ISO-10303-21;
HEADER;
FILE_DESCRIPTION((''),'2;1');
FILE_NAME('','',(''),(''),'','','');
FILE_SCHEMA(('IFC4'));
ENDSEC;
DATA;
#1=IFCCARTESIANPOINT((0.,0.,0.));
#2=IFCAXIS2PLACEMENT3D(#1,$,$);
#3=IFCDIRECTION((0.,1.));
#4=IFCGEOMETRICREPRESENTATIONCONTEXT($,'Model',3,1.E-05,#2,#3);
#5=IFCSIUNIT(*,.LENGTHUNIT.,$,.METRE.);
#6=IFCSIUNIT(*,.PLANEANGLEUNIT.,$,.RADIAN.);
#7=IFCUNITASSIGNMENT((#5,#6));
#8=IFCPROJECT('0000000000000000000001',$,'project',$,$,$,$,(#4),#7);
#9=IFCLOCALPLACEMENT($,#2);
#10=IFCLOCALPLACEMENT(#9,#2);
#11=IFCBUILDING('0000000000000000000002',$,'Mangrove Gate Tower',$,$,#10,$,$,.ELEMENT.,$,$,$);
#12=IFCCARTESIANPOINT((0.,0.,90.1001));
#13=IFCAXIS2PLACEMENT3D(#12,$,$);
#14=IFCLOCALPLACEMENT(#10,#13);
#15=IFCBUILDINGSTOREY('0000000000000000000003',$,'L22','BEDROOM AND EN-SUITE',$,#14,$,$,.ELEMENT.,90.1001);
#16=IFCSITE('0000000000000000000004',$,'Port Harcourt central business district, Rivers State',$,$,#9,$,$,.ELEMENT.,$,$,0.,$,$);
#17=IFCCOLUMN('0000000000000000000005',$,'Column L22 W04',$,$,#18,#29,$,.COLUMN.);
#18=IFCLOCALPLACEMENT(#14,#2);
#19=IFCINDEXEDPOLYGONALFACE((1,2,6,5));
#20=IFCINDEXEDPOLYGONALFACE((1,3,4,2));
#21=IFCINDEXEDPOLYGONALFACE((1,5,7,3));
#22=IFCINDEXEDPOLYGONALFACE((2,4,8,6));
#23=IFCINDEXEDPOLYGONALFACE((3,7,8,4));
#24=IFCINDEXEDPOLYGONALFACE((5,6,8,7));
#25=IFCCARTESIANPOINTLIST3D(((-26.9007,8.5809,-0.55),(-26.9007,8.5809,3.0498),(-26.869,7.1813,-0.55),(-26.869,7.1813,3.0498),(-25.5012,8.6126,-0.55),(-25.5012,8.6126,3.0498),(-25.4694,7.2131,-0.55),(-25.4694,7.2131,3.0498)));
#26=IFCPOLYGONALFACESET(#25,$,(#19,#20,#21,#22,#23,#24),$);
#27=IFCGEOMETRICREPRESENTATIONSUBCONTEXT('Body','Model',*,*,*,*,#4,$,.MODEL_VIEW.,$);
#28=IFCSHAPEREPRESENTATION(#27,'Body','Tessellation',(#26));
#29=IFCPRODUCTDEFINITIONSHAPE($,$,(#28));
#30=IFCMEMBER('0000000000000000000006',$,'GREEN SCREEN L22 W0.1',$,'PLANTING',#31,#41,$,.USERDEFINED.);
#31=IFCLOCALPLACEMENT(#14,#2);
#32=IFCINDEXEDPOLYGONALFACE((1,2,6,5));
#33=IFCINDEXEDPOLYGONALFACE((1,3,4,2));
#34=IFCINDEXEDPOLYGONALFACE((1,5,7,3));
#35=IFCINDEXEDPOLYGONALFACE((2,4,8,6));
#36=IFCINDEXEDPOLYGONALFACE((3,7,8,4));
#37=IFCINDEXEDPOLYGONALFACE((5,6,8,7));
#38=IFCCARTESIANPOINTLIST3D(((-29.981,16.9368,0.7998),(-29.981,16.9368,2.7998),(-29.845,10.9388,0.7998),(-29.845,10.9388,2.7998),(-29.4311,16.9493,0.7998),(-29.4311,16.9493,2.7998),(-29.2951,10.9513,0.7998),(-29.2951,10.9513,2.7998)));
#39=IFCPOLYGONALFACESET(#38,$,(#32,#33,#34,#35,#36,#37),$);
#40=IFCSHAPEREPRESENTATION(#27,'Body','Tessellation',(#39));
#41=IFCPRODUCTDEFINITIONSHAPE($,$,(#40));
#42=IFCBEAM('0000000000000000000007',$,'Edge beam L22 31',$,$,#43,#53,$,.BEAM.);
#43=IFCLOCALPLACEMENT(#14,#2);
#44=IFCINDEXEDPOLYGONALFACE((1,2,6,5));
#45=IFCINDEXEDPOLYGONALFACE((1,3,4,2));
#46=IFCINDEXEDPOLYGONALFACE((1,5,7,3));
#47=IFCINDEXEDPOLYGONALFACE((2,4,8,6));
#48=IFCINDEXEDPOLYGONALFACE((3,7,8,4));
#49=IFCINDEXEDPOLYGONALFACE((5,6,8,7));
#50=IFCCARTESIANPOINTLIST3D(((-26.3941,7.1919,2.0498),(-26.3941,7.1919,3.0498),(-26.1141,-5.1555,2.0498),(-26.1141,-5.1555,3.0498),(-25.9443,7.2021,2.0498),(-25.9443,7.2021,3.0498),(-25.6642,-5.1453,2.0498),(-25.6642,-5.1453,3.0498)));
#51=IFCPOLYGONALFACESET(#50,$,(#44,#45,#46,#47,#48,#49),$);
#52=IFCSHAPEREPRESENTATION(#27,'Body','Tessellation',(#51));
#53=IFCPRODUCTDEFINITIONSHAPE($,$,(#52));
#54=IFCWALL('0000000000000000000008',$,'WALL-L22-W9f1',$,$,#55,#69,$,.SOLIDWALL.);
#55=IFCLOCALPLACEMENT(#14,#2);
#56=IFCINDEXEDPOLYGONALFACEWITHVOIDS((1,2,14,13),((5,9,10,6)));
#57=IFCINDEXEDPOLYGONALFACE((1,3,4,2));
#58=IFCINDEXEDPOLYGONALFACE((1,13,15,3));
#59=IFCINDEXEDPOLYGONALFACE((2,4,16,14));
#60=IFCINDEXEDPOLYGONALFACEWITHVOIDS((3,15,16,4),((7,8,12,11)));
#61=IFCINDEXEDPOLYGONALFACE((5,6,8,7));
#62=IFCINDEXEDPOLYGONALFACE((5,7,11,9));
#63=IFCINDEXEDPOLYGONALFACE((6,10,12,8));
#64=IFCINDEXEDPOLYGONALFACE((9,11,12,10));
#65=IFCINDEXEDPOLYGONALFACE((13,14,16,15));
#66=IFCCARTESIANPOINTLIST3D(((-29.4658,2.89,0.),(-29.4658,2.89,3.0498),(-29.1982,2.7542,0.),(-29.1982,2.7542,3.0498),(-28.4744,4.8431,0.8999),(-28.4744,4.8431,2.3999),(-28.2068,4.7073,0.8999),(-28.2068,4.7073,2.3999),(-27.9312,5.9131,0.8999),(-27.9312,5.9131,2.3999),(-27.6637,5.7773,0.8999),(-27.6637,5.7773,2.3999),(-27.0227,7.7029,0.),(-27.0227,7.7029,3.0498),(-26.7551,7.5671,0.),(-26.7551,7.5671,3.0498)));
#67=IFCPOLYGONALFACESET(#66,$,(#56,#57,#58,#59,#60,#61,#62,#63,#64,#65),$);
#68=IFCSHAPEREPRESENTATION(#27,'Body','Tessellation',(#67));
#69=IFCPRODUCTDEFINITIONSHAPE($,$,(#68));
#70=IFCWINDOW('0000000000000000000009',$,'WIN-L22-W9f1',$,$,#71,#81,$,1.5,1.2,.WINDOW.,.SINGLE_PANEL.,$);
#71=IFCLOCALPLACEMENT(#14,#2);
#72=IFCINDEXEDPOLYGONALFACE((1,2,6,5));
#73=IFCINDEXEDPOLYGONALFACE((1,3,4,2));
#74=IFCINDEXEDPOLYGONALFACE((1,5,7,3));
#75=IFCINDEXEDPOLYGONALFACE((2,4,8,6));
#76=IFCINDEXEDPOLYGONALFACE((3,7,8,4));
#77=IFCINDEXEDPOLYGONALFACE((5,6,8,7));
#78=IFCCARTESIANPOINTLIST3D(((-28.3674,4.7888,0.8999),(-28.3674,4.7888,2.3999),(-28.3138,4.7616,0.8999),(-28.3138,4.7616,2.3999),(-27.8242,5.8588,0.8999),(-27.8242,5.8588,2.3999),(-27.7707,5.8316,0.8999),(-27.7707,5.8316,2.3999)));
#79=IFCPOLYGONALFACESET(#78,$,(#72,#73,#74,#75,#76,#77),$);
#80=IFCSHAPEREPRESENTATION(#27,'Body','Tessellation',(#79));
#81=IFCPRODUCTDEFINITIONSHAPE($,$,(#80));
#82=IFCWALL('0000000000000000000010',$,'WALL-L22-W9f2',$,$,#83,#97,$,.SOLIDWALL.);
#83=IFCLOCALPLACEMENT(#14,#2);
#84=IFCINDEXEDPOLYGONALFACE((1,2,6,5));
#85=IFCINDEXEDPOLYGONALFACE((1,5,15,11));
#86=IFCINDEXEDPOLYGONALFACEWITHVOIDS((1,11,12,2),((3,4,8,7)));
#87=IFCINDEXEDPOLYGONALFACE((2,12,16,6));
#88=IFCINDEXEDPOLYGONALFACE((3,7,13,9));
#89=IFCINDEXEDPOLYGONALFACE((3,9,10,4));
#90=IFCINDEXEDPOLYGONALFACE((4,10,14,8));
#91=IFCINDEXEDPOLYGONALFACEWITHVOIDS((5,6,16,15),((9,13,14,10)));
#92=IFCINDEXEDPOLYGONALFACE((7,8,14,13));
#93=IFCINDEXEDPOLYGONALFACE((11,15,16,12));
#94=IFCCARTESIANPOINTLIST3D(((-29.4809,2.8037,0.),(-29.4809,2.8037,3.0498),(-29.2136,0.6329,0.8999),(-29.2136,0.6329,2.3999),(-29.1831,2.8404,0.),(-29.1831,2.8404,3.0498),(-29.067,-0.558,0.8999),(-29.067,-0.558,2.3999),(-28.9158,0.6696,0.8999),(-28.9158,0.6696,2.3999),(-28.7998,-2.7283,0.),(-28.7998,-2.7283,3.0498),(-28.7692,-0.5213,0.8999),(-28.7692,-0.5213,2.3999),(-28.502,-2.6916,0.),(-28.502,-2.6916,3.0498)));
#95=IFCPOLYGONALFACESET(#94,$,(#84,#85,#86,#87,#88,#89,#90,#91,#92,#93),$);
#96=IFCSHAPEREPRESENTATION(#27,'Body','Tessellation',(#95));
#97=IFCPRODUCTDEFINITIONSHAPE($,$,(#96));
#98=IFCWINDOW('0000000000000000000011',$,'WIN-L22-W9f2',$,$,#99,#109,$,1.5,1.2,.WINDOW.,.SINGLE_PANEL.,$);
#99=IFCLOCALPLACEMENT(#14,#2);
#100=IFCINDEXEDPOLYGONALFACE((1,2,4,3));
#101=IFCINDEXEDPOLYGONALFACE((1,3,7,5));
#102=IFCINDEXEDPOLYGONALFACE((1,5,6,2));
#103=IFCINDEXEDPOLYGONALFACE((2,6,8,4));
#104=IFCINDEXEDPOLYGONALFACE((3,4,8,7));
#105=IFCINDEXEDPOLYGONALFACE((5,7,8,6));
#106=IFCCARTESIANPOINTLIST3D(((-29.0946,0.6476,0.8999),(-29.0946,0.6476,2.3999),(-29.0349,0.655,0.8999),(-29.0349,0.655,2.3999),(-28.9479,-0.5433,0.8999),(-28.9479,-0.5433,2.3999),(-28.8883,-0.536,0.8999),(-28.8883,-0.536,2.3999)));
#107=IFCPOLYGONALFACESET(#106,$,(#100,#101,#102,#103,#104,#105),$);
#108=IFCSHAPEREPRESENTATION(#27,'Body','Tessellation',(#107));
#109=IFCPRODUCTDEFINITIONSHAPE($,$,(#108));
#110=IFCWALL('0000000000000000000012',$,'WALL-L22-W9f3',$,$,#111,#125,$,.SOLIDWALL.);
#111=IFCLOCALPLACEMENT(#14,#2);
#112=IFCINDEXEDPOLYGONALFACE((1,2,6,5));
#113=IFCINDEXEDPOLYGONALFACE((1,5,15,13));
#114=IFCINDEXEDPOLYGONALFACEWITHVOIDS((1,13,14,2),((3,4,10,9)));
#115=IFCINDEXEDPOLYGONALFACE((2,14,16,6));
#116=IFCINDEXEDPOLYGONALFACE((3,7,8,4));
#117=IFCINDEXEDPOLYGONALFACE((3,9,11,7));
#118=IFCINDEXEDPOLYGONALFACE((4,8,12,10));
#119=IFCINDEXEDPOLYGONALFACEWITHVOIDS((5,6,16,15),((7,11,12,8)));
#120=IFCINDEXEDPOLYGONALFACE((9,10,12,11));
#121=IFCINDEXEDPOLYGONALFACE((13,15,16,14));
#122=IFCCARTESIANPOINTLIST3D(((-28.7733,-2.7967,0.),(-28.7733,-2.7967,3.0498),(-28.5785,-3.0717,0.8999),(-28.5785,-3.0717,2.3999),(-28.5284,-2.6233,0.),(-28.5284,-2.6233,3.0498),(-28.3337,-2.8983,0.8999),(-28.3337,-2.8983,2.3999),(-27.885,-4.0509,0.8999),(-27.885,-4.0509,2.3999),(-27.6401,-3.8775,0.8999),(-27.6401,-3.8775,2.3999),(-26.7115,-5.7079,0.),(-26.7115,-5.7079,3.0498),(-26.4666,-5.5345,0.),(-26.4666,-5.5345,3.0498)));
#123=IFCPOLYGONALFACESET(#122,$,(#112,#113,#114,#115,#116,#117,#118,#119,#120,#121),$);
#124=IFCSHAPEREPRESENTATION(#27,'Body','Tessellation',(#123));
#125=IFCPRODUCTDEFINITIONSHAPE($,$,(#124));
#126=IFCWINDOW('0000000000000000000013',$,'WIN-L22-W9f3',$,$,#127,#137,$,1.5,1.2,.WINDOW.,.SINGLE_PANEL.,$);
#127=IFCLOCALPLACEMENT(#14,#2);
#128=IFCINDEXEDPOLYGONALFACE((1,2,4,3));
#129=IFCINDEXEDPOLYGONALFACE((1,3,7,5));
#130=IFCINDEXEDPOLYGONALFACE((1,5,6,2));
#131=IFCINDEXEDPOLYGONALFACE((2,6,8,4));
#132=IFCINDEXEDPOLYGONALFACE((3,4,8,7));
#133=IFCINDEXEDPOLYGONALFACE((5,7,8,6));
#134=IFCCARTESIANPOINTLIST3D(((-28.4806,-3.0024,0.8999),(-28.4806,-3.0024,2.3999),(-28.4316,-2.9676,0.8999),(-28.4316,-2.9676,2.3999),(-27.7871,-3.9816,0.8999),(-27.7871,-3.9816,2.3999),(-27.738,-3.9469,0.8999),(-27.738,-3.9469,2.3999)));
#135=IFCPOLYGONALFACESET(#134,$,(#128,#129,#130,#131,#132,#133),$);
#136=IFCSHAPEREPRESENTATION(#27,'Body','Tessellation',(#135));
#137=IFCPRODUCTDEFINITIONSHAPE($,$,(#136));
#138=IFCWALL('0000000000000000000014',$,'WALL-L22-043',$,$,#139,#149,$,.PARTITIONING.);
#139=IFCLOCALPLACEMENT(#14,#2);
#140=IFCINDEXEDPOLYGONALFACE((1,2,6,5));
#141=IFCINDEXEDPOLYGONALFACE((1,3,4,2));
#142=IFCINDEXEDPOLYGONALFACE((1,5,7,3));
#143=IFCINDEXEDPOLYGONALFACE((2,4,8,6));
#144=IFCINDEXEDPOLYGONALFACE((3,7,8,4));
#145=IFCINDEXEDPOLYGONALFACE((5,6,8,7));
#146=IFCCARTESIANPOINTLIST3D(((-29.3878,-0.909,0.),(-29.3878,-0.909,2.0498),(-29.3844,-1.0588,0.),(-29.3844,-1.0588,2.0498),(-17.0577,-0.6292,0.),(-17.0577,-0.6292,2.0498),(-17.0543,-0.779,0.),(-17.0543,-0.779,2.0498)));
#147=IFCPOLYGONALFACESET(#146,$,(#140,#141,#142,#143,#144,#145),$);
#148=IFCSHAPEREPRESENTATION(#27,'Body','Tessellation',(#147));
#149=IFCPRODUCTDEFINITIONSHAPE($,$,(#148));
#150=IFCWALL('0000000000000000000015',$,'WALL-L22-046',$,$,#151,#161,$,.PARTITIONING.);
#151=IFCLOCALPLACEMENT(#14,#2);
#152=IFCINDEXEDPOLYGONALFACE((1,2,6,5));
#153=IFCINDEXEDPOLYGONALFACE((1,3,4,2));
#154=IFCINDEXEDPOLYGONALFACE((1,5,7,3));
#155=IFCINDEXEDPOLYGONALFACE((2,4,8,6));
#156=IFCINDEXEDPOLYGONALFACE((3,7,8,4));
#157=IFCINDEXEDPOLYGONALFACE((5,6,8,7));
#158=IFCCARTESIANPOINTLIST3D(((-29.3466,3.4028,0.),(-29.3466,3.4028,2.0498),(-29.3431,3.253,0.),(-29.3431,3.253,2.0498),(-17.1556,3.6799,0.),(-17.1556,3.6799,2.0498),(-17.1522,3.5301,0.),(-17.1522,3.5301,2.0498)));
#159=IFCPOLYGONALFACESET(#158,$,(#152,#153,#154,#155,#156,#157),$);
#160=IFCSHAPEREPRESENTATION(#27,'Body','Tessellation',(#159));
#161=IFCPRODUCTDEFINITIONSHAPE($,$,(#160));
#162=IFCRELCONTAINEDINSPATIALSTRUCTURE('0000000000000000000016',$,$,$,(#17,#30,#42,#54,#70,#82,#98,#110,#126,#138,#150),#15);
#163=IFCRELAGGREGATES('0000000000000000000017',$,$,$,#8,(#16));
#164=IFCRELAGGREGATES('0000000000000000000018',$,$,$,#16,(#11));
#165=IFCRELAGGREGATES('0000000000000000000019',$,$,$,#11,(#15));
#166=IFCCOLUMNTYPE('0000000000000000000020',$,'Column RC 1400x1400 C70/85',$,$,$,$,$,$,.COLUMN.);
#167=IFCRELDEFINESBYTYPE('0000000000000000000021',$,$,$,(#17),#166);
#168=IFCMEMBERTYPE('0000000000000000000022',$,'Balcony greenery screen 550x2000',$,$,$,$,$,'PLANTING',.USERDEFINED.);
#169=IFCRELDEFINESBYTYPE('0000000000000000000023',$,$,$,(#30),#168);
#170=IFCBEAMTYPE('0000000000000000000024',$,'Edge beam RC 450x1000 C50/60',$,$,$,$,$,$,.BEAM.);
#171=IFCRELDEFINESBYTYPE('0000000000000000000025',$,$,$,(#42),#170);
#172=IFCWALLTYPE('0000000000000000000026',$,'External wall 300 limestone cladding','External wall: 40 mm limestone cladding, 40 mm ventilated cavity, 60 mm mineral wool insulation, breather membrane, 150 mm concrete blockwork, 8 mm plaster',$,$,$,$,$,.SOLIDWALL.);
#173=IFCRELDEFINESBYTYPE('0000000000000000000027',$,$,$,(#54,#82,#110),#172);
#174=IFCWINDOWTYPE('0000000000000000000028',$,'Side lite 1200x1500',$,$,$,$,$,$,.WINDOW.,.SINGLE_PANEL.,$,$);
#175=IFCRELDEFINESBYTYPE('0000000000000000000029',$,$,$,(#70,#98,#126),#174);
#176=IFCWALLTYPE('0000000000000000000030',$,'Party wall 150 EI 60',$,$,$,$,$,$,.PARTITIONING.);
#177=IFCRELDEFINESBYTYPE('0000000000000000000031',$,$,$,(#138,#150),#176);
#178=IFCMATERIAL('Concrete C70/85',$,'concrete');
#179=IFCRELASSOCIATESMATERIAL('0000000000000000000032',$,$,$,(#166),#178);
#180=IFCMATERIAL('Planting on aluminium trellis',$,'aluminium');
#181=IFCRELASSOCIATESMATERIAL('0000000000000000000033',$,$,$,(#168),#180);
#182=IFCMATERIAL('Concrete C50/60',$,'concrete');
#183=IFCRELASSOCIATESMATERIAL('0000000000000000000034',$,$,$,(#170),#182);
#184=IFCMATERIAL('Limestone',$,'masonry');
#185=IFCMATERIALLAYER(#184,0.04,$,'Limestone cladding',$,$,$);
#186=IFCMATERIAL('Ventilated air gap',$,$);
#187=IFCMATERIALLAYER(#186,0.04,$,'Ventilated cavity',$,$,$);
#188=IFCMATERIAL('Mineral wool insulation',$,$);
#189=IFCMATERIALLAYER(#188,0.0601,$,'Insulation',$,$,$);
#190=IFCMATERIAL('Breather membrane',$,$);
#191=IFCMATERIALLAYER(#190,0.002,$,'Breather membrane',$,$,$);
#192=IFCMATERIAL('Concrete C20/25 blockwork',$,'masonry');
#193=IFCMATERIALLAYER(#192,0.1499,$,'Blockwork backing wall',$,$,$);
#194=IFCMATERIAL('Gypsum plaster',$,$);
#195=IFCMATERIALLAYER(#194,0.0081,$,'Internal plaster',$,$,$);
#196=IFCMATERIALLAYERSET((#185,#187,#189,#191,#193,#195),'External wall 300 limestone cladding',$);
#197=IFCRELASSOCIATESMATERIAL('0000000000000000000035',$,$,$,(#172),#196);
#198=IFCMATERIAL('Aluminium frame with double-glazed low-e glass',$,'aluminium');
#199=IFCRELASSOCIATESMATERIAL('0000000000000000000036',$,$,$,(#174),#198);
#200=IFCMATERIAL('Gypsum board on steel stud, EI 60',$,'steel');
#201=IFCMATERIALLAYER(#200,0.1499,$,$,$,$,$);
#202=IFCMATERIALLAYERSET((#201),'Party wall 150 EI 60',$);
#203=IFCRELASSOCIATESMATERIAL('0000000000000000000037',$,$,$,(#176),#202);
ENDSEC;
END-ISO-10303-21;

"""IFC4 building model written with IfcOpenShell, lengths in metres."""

from ifc_helpers import new_model, si_unit, direction, frame, frame_2d, origin, origin_2d, place, context, subcontext, project, spatial, rectangle, extrude, material, layer, layer_set, material_profile, profile_set, type_object, element, fill, save


model = new_model("IFC4")

# Units and contexts
model_context = context("Model", 3, precision=1e-05, world=origin(), true_north=direction((0.0, 1.0)))
body_context = subcontext(model_context, "Body", "Model", "MODEL_VIEW")
ifc_project = project(units=[si_unit("LENGTHUNIT", "METRE"), si_unit("PLANEANGLEUNIT", "RADIAN")], contexts=[model_context])

# Site, building, storey
site_placement = place(None, origin())
site = spatial("IfcSite", under=ifc_project, at=site_placement, Name="Port Harcourt central business district, Rivers State", CompositionType="ELEMENT", RefElevation=0.0)
building_placement = place(site_placement, origin())
building = spatial("IfcBuilding", under=site, at=building_placement, Name="Mangrove Gate Tower", CompositionType="ELEMENT")
storey_placement = place(building_placement, frame((0.0, 0.0, 90.1001)))
storey = spatial("IfcBuildingStorey", under=building, at=storey_placement, Name="L22", Description="BEDROOM AND EN-SUITE", CompositionType="ELEMENT", Elevation=90.1001)

# Column
ifc_material_1 = material(Name="Concrete C70/85", Category="concrete")
ifc_material_profile_1 = material_profile(ifc_material_1, rectangle(XDim=1.3999, YDim=1.3999, at=origin_2d()))
ifc_profile_set_1 = profile_set([ifc_material_profile_1], Name="Concrete C70/85")
column_type = type_object("IfcColumnType", Name="Column RC 1400x1400 C70/85", PredefinedType="COLUMN", material=ifc_profile_set_1)
column_placement = place(storey_placement, frame((-26.1851, 7.897, -0.55), z_axis=(0.0, 0.0, 1.0), x_axis=(0.022676, -0.999743, 0.0)))
element("IfcColumn", 1, at=column_placement, inside=storey, type_object=column_type, Name="Column L22 W04", PredefinedType="COLUMN", context=body_context, shape_type="SweptSolid", body=[
    extrude(rectangle(XDim=1.3999, YDim=1.3999, at=origin_2d()), origin(), (0.0, 0.0, 1.0), 3.5999),
])

# Member
ifc_material_2 = material(Name="Planting on aluminium trellis", Category="aluminium")
ifc_material_profile_2 = material_profile(ifc_material_2, rectangle(XDim=0.55, YDim=2.0, at=origin_2d()))
ifc_profile_set_2 = profile_set([ifc_material_profile_2], Name="Planting on aluminium trellis")
member_type = type_object("IfcMemberType", Name="Balcony greenery screen 550x2000", ElementType="PLANTING", PredefinedType="USERDEFINED", material=ifc_profile_set_2)
member_placement = place(storey_placement, frame((-29.5701, 10.9451, 1.7998), z_axis=(-0.022666, 0.999743, 0.0), x_axis=(-0.999743, -0.022666, 0.0)))
element("IfcMember", 2, at=member_placement, inside=storey, type_object=member_type, Name="GREEN SCREEN L22 W0.1", ObjectType="PLANTING", PredefinedType="USERDEFINED", context=body_context, shape_type="SweptSolid", body=[
    extrude(rectangle(XDim=0.55, YDim=2.0, at=origin_2d()), origin(), (0.0, 0.0, 1.0), 5.9995),
])

# Beam
ifc_material_3 = material(Name="Concrete C50/60", Category="concrete")
ifc_material_profile_3 = material_profile(ifc_material_3, rectangle(XDim=0.45, YDim=1.0, at=origin_2d()))
ifc_profile_set_3 = profile_set([ifc_material_profile_3], Name="Concrete C50/60")
beam_type = type_object("IfcBeamType", Name="Edge beam RC 450x1000 C50/60", PredefinedType="BEAM", material=ifc_profile_set_3)
beam_placement = place(storey_placement, frame((-26.1692, 7.197, 2.5498), z_axis=(0.022673, -0.999743, 0.0), x_axis=(0.999743, 0.022673, 0.0)))
element("IfcBeam", 3, at=beam_placement, inside=storey, type_object=beam_type, Name="Edge beam L22 31", PredefinedType="BEAM", context=body_context, shape_type="SweptSolid", body=[
    extrude(rectangle(XDim=0.45, YDim=1.0, at=origin_2d()), origin(), (0.0, 0.0, 1.0), 12.3506),
])

# Walls, openings, windows
ifc_material_4 = material(Name="Limestone", Category="masonry")
ifc_layer_1 = layer(ifc_material_4, 0.04, Name="Limestone cladding")
ifc_material_5 = material(Name="Ventilated air gap")
ifc_layer_2 = layer(ifc_material_5, 0.04, Name="Ventilated cavity")
ifc_material_6 = material(Name="Mineral wool insulation")
ifc_layer_3 = layer(ifc_material_6, 0.0601, Name="Insulation")
ifc_material_7 = material(Name="Breather membrane")
ifc_layer_4 = layer(ifc_material_7, 0.002, Name="Breather membrane")
ifc_material_8 = material(Name="Concrete C20/25 blockwork", Category="masonry")
ifc_layer_5 = layer(ifc_material_8, 0.1499, Name="Blockwork backing wall")
ifc_material_9 = material(Name="Gypsum plaster")
ifc_layer_6 = layer(ifc_material_9, 0.0081, Name="Internal plaster")
ifc_layer_set_1 = layer_set([ifc_layer_1, ifc_layer_2, ifc_layer_3, ifc_layer_4, ifc_layer_5, ifc_layer_6], Name="External wall 300 limestone cladding")
wall_type_1 = type_object("IfcWallType", Name="External wall 300 limestone cladding", Description="External wall: 40 mm limestone cladding, 40 mm ventilated cavity, 60 mm mineral wool insulation, breather membrane, 150 mm concrete blockwork, 8 mm plaster", PredefinedType="SOLIDWALL", material=ifc_layer_set_1)
wall_1_placement = place(storey_placement, frame((-26.8889, 7.635, 0.0), z_axis=(0.0, 0.0, 1.0), x_axis=(-0.452633, -0.891697, 0.0)))
wall_1 = element("IfcWall", 4, at=wall_1_placement, inside=storey, type_object=wall_type_1, Name="WALL-L22-W9f1", PredefinedType="SOLIDWALL", context=body_context, shape_type="SweptSolid", body=[
    extrude(rectangle(XDim=5.3975, YDim=0.3, at=frame_2d((2.6987, 0.0))), origin(), (0.0, 0.0, 1.0), 3.0498),
])
opening_1_placement = place(wall_1_placement, frame((2.0071, 0.0, 0.8999)))
opening_1 = element("IfcOpeningElement", 5, at=opening_1_placement, cuts=wall_1, PredefinedType="OPENING", context=body_context, shape_type="SweptSolid", body=[
    extrude(rectangle(XDim=1.2, YDim=1.5, at=frame_2d((0.6001, 0.75))), frame((0.0, 0.1599, 0.0), z_axis=(0.0, -1.0, 0.0), x_axis=(1.0, 0.0, 0.0)), (0.0, 0.0, 1.0), 0.3201),
])
ifc_material_10 = material(Name="Aluminium frame with double-glazed low-e glass", Category="aluminium")
window_type = type_object("IfcWindowType", Name="Side lite 1200x1500", PartitioningType="SINGLE_PANEL", PredefinedType="WINDOW", material=ifc_material_10)
window_1_placement = place(opening_1_placement, origin())
window_1 = element("IfcWindow", 6, at=window_1_placement, inside=storey, type_object=window_type, Name="WIN-L22-W9f1", OverallHeight=1.5, OverallWidth=1.2, PartitioningType="SINGLE_PANEL", PredefinedType="WINDOW", context=body_context, shape_type="SweptSolid", body=[
    extrude(rectangle(XDim=1.2, YDim=1.5, at=frame_2d((0.6001, 0.75))), frame((0.0, 0.03, 0.0), z_axis=(0.0, -1.0, 0.0), x_axis=(1.0, 0.0, 0.0)), (0.0, 0.0, 1.0), 0.0601),
])
fill(opening_1, window_1)
wall_2_placement = place(storey_placement, frame((-29.332, 2.822, 0.0), z_axis=(0.0, 0.0, 1.0), x_axis=(0.122207, -0.992505, 0.0)))
wall_2 = element("IfcWall", 7, at=wall_2_placement, inside=storey, type_object=wall_type_1, Name="WALL-L22-W9f2", PredefinedType="SOLIDWALL", context=body_context, shape_type="SweptSolid", body=[
    extrude(rectangle(XDim=5.5737, YDim=0.3, at=frame_2d((2.7869, 0.0))), origin(), (0.0, 0.0, 1.0), 3.0498),
])
opening_2_placement = place(wall_2_placement, frame((2.187, 0.0, 0.8999)))
opening_2 = element("IfcOpeningElement", 8, at=opening_2_placement, cuts=wall_2, PredefinedType="OPENING", context=body_context, shape_type="SweptSolid", body=[
    extrude(rectangle(XDim=1.2, YDim=1.5, at=frame_2d((0.6001, 0.75))), frame((0.0, 0.1599, 0.0), z_axis=(0.0, -1.0, 0.0), x_axis=(1.0, 0.0, 0.0)), (0.0, 0.0, 1.0), 0.3201),
])
window_2_placement = place(opening_2_placement, origin())
window_2 = element("IfcWindow", 9, at=window_2_placement, inside=storey, type_object=window_type, Name="WIN-L22-W9f2", OverallHeight=1.5, OverallWidth=1.2, PartitioningType="SINGLE_PANEL", PredefinedType="WINDOW", context=body_context, shape_type="SweptSolid", body=[
    extrude(rectangle(XDim=1.2, YDim=1.5, at=frame_2d((0.6001, 0.75))), frame((0.0, 0.03, 0.0), z_axis=(0.0, -1.0, 0.0), x_axis=(1.0, 0.0, 0.0)), (0.0, 0.0, 1.0), 0.0601),
])
fill(opening_2, window_2)
wall_3_placement = place(storey_placement, frame((-28.6509, -2.71, 0.0), z_axis=(0.0, 0.0, 1.0), x_axis=(0.577964, -0.816062, 0.0)))
wall_3 = element("IfcWall", 10, at=wall_3_placement, inside=storey, type_object=wall_type_1, Name="WALL-L22-W9f3", PredefinedType="SOLIDWALL", context=body_context, shape_type="SweptSolid", body=[
    extrude(rectangle(XDim=3.5674, YDim=0.3, at=frame_2d((1.7837, 0.0))), origin(), (0.0, 0.0, 1.0), 3.0498),
])
opening_3_placement = place(wall_3_placement, frame((0.3369, 0.0, 0.8999)))
opening_3 = element("IfcOpeningElement", 11, at=opening_3_placement, cuts=wall_3, PredefinedType="OPENING", context=body_context, shape_type="SweptSolid", body=[
    extrude(rectangle(XDim=1.2, YDim=1.5, at=frame_2d((0.6001, 0.75))), frame((0.0, 0.1599, 0.0), z_axis=(0.0, -1.0, 0.0), x_axis=(1.0, 0.0, 0.0)), (0.0, 0.0, 1.0), 0.3201),
])
window_3_placement = place(opening_3_placement, origin())
window_3 = element("IfcWindow", 12, at=window_3_placement, inside=storey, type_object=window_type, Name="WIN-L22-W9f3", OverallHeight=1.5, OverallWidth=1.2, PartitioningType="SINGLE_PANEL", PredefinedType="WINDOW", context=body_context, shape_type="SweptSolid", body=[
    extrude(rectangle(XDim=1.2, YDim=1.5, at=frame_2d((0.6001, 0.75))), frame((0.0, 0.03, 0.0), z_axis=(0.0, -1.0, 0.0), x_axis=(1.0, 0.0, 0.0)), (0.0, 0.0, 1.0), 0.0601),
])
fill(opening_3, window_3)

# Walls
ifc_material_11 = material(Name="Gypsum board on steel stud, EI 60", Category="steel")
ifc_layer_7 = layer(ifc_material_11, 0.1499)
ifc_layer_set_2 = layer_set([ifc_layer_7], Name="Party wall 150 EI 60")
wall_type_2 = type_object("IfcWallType", Name="Party wall 150 EI 60", PredefinedType="PARTITIONING", material=ifc_layer_set_2)
wall_4_placement = place(storey_placement, frame((-29.386, -0.9839, 0.0), z_axis=(0.0, 0.0, 1.0), x_axis=(0.999743, 0.022685, 0.0)))
element("IfcWall", 13, at=wall_4_placement, inside=storey, type_object=wall_type_2, Name="WALL-L22-043", PredefinedType="PARTITIONING", context=body_context, shape_type="SweptSolid", body=[
    extrude(rectangle(XDim=12.3333, YDim=0.1499, at=frame_2d((6.1665, 0.0))), origin(), (0.0, 0.0, 1.0), 2.0498),
])
wall_5_placement = place(storey_placement, frame((-29.345, 3.3279, 0.0), z_axis=(0.0, 0.0, 1.0), x_axis=(0.999742, 0.022724, 0.0)))
element("IfcWall", 14, at=wall_5_placement, inside=storey, type_object=wall_type_2, Name="WALL-L22-046", PredefinedType="PARTITIONING", context=body_context, shape_type="SweptSolid", body=[
    extrude(rectangle(XDim=12.1941, YDim=0.1499, at=frame_2d((6.0972, 0.0))), origin(), (0.0, 0.0, 1.0), 2.0498),
])

save(model, "model.ifc")
